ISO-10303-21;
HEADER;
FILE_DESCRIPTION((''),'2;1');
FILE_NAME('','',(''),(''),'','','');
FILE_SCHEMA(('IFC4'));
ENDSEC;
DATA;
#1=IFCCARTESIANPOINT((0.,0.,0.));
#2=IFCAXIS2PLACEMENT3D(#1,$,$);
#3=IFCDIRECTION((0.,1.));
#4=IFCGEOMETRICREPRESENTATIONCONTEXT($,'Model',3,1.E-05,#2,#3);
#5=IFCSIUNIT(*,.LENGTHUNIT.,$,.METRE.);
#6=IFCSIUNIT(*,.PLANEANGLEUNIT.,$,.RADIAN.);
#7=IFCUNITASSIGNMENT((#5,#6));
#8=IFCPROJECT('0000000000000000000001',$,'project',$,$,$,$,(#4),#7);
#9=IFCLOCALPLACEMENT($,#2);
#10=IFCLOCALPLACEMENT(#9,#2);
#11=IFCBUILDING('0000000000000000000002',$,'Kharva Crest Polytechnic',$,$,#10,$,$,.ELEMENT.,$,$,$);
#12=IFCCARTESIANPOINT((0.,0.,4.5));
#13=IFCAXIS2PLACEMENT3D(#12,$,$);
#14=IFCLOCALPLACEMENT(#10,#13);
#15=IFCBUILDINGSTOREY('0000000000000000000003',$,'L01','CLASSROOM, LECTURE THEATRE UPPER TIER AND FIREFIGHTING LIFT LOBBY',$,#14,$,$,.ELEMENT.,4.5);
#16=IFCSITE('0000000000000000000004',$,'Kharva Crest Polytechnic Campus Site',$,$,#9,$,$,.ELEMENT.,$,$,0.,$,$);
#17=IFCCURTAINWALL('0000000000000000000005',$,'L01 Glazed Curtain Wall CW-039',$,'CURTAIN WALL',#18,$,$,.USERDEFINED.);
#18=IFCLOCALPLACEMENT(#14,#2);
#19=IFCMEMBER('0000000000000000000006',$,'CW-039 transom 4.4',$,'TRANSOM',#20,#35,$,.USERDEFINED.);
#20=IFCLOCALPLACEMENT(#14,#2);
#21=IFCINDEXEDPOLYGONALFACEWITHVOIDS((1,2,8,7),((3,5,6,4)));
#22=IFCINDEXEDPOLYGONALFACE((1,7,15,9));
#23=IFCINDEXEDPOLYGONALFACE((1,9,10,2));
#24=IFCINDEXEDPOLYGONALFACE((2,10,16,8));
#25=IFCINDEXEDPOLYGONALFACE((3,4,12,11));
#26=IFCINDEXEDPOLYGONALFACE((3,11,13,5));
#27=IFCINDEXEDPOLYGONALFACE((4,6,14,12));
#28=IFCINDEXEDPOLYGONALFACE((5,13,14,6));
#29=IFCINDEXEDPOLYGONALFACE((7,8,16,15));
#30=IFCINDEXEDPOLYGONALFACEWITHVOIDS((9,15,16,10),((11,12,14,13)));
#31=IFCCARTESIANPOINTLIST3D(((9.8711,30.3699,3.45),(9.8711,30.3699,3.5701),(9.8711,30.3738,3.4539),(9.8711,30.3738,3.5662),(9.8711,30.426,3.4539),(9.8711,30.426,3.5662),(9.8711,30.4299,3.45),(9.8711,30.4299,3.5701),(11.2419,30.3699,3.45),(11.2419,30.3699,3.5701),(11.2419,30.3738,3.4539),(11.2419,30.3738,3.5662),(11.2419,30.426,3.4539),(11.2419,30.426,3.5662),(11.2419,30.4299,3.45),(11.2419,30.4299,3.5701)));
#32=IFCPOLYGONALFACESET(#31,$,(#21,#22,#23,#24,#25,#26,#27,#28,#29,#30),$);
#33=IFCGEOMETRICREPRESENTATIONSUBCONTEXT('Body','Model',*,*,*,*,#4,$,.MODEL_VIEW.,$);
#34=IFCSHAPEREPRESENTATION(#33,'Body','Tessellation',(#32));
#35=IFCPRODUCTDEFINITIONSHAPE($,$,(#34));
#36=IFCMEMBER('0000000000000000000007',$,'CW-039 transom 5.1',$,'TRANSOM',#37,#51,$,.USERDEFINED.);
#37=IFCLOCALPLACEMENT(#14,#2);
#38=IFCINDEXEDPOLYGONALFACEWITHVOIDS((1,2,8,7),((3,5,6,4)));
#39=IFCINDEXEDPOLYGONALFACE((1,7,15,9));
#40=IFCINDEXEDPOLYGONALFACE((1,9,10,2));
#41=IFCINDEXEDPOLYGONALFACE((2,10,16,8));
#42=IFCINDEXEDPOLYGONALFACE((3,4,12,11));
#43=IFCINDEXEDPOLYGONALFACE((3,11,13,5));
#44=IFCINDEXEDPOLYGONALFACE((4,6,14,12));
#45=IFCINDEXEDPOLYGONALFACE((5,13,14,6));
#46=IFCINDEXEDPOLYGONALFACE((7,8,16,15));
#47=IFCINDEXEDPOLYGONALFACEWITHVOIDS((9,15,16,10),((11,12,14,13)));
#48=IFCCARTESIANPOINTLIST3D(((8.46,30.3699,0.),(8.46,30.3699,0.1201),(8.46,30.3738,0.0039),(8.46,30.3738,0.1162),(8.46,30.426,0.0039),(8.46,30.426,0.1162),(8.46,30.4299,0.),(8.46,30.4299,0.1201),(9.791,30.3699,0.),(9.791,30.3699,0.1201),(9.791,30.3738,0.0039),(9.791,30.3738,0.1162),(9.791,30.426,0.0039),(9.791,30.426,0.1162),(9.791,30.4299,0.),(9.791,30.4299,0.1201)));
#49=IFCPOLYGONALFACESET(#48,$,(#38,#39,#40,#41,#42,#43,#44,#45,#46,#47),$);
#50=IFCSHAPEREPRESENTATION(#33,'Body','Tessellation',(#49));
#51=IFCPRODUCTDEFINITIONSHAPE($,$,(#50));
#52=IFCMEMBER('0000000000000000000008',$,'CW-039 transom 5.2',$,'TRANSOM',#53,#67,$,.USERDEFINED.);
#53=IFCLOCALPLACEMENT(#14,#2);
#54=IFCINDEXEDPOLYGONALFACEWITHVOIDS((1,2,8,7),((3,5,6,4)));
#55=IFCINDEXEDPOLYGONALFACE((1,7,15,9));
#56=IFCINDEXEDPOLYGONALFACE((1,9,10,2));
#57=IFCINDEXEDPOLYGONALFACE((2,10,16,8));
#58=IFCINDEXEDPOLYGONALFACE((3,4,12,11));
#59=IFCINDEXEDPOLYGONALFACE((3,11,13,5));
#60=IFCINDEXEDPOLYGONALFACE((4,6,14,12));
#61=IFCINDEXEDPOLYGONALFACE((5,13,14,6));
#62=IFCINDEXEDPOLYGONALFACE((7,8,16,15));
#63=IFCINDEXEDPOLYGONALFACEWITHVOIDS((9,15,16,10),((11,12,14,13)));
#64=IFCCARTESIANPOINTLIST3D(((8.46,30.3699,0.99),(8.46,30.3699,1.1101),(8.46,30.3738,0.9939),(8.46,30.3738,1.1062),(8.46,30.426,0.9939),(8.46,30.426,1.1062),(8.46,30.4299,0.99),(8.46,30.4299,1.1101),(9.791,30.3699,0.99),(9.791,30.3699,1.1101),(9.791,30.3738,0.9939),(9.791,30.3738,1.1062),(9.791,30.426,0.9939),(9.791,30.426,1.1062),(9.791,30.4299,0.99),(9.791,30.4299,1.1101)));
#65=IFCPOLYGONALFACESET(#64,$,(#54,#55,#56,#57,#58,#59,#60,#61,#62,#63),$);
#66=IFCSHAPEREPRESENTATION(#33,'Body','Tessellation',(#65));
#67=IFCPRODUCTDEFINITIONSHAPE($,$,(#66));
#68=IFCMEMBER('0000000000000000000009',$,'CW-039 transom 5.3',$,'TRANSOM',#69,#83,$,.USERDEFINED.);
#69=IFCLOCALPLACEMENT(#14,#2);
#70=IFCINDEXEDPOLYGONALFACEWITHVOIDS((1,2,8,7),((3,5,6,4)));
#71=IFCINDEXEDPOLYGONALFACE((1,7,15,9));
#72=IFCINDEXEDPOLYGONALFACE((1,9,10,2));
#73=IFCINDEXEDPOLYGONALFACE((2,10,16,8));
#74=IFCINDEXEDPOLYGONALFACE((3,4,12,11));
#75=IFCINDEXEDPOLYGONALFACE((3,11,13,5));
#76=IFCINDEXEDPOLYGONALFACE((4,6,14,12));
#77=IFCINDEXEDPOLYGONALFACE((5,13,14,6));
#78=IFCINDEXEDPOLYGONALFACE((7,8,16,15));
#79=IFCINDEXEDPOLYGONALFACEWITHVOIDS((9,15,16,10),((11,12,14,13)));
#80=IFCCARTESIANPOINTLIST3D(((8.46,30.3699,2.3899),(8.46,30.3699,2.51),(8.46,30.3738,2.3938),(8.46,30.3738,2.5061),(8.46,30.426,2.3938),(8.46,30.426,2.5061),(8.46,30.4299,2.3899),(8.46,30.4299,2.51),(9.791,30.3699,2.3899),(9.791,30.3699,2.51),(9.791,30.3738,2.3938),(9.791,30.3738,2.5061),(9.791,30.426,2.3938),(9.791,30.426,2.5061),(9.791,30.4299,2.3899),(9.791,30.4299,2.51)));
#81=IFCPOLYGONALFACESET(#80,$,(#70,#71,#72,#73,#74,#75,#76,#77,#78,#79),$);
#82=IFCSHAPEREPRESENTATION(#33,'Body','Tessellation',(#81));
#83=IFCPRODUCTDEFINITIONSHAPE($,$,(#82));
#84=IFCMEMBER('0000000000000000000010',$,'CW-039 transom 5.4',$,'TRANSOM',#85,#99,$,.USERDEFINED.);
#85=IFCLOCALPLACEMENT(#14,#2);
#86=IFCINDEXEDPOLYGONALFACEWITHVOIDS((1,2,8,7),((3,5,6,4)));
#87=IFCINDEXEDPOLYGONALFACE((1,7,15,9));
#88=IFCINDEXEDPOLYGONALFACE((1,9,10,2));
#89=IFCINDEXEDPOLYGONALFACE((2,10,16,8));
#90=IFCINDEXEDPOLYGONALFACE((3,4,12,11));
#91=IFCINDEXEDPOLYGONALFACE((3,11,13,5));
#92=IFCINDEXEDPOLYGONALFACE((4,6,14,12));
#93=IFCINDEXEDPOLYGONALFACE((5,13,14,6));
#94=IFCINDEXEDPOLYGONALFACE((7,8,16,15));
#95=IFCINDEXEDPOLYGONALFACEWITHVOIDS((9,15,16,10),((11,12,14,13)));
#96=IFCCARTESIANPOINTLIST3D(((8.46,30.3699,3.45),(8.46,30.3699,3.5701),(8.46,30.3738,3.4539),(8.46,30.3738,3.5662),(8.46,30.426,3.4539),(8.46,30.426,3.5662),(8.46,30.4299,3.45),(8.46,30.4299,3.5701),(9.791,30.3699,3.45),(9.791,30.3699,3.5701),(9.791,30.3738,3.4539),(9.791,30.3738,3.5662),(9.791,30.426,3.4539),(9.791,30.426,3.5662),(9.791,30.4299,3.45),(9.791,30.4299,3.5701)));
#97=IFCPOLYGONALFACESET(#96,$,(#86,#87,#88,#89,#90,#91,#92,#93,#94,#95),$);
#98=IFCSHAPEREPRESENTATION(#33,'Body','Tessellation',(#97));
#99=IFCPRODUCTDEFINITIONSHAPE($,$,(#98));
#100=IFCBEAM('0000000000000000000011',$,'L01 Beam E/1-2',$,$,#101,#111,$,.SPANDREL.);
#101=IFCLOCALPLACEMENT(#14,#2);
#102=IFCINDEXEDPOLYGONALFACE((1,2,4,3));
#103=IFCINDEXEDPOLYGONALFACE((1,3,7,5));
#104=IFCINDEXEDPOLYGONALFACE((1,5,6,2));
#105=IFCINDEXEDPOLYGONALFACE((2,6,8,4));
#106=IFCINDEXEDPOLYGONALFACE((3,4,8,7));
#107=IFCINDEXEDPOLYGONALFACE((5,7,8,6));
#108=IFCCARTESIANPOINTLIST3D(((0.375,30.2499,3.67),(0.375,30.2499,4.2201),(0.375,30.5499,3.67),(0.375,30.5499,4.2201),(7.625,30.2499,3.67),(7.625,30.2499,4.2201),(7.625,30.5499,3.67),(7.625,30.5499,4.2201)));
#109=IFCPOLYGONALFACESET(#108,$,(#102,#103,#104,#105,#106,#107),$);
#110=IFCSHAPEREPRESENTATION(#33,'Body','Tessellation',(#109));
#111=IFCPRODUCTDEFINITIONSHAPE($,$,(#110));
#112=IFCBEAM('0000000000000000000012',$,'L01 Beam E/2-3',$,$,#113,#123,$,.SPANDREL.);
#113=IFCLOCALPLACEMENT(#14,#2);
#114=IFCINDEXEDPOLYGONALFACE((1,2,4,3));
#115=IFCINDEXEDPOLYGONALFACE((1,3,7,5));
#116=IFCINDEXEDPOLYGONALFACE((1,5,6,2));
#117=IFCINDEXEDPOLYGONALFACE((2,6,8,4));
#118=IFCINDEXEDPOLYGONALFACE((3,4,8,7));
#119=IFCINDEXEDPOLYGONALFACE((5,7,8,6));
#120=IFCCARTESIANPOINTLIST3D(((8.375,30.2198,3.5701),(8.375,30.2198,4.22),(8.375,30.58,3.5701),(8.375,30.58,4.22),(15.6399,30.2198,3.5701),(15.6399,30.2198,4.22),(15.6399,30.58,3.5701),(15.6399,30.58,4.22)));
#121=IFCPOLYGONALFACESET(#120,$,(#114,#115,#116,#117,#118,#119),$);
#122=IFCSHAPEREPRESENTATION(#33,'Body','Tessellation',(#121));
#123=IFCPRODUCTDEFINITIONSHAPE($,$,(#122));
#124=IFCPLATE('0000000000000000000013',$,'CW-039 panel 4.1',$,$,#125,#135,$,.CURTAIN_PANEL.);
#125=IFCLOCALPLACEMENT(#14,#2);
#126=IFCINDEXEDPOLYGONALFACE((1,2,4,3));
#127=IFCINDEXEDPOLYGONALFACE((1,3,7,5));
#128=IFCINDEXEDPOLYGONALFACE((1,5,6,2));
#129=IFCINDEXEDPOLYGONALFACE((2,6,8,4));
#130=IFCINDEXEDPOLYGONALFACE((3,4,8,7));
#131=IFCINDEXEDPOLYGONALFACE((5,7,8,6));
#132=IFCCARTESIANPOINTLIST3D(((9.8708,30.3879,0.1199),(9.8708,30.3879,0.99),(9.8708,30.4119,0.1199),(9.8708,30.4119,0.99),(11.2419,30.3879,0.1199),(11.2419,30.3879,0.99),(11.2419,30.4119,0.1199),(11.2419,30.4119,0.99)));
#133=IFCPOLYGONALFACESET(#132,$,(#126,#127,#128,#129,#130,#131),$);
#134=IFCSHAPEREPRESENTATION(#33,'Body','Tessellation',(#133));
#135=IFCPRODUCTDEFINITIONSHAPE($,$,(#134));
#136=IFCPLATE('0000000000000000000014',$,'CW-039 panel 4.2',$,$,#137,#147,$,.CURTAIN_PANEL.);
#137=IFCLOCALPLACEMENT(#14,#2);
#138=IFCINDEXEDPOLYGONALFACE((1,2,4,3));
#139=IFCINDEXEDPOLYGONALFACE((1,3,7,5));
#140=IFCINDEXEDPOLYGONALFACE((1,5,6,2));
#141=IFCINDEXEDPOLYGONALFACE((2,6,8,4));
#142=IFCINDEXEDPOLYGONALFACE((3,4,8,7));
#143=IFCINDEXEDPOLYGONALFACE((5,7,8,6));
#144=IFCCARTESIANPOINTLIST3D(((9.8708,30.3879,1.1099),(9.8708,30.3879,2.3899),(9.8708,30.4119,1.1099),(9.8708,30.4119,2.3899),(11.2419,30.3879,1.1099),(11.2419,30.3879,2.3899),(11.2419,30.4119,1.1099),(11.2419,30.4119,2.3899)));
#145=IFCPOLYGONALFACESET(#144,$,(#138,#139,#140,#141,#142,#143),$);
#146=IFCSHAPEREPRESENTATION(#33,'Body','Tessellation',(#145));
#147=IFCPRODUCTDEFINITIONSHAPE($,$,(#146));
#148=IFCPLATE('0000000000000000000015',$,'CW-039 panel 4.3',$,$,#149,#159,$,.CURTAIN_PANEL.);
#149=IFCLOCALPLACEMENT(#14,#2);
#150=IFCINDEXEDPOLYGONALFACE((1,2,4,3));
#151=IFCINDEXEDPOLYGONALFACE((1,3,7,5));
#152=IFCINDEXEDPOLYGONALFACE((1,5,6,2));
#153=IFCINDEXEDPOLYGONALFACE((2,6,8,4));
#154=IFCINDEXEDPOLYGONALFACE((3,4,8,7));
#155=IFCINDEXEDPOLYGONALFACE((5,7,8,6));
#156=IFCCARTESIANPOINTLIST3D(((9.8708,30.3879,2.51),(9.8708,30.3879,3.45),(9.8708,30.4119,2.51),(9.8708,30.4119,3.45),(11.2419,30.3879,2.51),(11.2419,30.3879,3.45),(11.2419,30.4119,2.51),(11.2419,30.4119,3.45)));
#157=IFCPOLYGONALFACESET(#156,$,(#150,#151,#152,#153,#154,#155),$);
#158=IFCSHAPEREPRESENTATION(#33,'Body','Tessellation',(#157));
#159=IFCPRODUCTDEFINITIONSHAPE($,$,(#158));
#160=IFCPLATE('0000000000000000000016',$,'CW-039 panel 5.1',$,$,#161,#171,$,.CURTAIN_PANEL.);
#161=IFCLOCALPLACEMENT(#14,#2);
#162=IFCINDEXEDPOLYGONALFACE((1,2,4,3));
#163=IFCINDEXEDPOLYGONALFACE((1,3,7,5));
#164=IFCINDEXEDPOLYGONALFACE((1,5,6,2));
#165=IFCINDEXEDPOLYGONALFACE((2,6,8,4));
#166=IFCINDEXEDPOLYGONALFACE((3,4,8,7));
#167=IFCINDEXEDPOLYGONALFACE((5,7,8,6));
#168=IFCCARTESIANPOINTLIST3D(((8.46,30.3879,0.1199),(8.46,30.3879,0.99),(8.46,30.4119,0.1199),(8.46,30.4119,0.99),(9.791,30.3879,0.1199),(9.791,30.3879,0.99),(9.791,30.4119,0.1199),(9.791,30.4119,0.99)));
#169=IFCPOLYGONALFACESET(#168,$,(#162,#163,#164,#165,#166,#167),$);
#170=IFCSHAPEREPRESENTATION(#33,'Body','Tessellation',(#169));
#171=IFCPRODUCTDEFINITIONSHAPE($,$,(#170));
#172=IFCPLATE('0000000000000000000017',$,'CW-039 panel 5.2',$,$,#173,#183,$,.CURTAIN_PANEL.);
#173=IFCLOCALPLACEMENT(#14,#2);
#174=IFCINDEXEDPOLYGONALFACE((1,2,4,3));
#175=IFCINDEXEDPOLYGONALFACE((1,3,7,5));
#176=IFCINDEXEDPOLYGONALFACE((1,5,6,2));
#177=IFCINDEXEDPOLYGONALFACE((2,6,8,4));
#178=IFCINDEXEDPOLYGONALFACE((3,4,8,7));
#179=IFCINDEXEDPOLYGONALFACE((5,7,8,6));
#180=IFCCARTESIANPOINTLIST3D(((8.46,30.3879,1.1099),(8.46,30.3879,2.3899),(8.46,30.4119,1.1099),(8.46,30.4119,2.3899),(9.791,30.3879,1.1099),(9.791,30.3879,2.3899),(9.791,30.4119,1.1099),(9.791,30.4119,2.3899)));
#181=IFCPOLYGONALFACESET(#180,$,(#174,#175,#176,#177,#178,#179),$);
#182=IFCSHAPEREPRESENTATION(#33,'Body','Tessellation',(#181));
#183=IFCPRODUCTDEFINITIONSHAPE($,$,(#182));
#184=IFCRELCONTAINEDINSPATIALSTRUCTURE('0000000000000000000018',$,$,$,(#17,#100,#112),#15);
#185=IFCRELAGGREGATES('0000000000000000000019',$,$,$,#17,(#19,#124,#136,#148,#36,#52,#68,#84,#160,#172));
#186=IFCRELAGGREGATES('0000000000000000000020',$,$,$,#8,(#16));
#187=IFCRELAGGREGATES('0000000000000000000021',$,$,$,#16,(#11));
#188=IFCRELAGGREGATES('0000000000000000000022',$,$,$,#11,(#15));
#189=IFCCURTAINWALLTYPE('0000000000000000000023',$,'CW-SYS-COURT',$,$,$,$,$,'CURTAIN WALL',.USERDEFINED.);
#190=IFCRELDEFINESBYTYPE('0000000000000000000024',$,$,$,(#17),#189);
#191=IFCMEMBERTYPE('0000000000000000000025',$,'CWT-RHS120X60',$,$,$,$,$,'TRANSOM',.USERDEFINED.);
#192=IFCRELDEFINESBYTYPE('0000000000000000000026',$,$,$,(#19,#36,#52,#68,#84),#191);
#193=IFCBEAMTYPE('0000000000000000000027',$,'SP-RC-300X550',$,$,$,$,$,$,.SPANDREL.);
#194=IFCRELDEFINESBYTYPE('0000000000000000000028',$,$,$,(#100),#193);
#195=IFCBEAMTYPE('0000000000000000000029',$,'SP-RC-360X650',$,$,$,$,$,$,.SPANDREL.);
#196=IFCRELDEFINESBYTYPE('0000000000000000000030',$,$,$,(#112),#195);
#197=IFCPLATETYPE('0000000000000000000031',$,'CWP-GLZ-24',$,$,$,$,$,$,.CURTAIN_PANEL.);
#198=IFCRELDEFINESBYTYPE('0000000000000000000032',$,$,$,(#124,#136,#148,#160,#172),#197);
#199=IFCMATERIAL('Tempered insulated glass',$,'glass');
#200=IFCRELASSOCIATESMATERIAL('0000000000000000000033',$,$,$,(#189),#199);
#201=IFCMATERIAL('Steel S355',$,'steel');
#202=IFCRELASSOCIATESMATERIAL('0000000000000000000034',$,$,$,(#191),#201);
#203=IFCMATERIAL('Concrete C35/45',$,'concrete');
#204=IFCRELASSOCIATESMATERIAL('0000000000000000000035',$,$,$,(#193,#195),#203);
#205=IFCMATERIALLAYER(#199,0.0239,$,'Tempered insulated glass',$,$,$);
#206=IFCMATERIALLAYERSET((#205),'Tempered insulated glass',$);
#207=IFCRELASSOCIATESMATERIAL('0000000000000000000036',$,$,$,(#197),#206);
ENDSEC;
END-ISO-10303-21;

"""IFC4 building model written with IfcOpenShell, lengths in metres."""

from ifc_helpers import new_model, si_unit, direction, frame, origin, origin_2d, place, context, subcontext, project, spatial, rectangle, hollow_rectangle, extrude, material, layer, layer_set, material_profile, profile_set, type_object, element, aggregate, save


model = new_model("IFC4")

# Units and contexts
model_context = context("Model", 3, precision=1e-05, world=origin(), true_north=direction((0.0, 1.0)))
body_context = subcontext(model_context, "Body", "Model", "MODEL_VIEW")
ifc_project = project(units=[si_unit("LENGTHUNIT", "METRE"), si_unit("PLANEANGLEUNIT", "RADIAN")], contexts=[model_context])

# Site, building, storey
site_placement = place(None, origin())
site = spatial("IfcSite", under=ifc_project, at=site_placement, Name="Kharva Crest Polytechnic Campus Site", CompositionType="ELEMENT", RefElevation=0.0)
building_placement = place(site_placement, origin())
building = spatial("IfcBuilding", under=site, at=building_placement, Name="Kharva Crest Polytechnic", CompositionType="ELEMENT")
storey_placement = place(building_placement, frame((0.0, 0.0, 4.5)))
storey = spatial("IfcBuildingStorey", under=building, at=storey_placement, Name="L01", Description="CLASSROOM, LECTURE THEATRE UPPER TIER AND FIREFIGHTING LIFT LOBBY", CompositionType="ELEMENT", Elevation=4.5)

# Shared definitions
ifc_material_1 = material(Name="Steel S355", Category="steel")

# Curtain wall, members
ifc_material_2 = material(Name="Tempered insulated glass", Category="glass")
curtain_wall_type = type_object("IfcCurtainWallType", Name="CW-SYS-COURT", ElementType="CURTAIN WALL", PredefinedType="USERDEFINED", material=ifc_material_2)
curtain_wall_placement = place(storey_placement, origin())
curtain_wall = element("IfcCurtainWall", 1, at=curtain_wall_placement, inside=storey, type_object=curtain_wall_type, Name="L01 Glazed Curtain Wall CW-039", ObjectType="CURTAIN WALL", PredefinedType="USERDEFINED")
ifc_material_profile_1 = material_profile(ifc_material_1, hollow_rectangle(XDim=0.0601, YDim=0.1201, WallThickness=0.0039, at=origin_2d()), Name="RHS 120X60X4.0")
ifc_profile_set_1 = profile_set([ifc_material_profile_1], Name="Steel S355")
member_type_1 = type_object("IfcMemberType", Name="CWT-RHS120X60", ElementType="TRANSOM", PredefinedType="USERDEFINED", material=ifc_profile_set_1)
member_1_placement = place(storey_placement, frame((11.2419, 30.3999, 3.51), z_axis=(-1.0, 0.0, 0.0), x_axis=(0.0, -1.0, 0.0)))
member_1 = element("IfcMember", 2, at=member_1_placement, type_object=member_type_1, Name="CW-039 transom 4.4", ObjectType="TRANSOM", PredefinedType="USERDEFINED", context=body_context, shape_type="SweptSolid", body=[
    extrude(hollow_rectangle(XDim=0.0601, YDim=0.1201, WallThickness=0.0039, at=origin_2d()), origin(), (0.0, 0.0, 1.0), 1.3708),
])
member_2_placement = place(storey_placement, frame((9.791, 30.3999, 0.0601), z_axis=(-1.0, 0.0, 0.0), x_axis=(0.0, -1.0, 0.0)))
member_2 = element("IfcMember", 3, at=member_2_placement, type_object=member_type_1, Name="CW-039 transom 5.1", ObjectType="TRANSOM", PredefinedType="USERDEFINED", context=body_context, shape_type="SweptSolid", body=[
    extrude(hollow_rectangle(XDim=0.0601, YDim=0.1201, WallThickness=0.0039, at=origin_2d()), origin(), (0.0, 0.0, 1.0), 1.3311),
])
member_3_placement = place(storey_placement, frame((9.791, 30.3999, 1.05), z_axis=(-1.0, 0.0, 0.0), x_axis=(0.0, -1.0, 0.0)))
member_3 = element("IfcMember", 4, at=member_3_placement, type_object=member_type_1, Name="CW-039 transom 5.2", ObjectType="TRANSOM", PredefinedType="USERDEFINED", context=body_context, shape_type="SweptSolid", body=[
    extrude(hollow_rectangle(XDim=0.0601, YDim=0.1201, WallThickness=0.0039, at=origin_2d()), origin(), (0.0, 0.0, 1.0), 1.3311),
])
member_4_placement = place(storey_placement, frame((9.791, 30.3999, 2.45), z_axis=(-1.0, 0.0, 0.0), x_axis=(0.0, -1.0, 0.0)))
member_4 = element("IfcMember", 5, at=member_4_placement, type_object=member_type_1, Name="CW-039 transom 5.3", ObjectType="TRANSOM", PredefinedType="USERDEFINED", context=body_context, shape_type="SweptSolid", body=[
    extrude(hollow_rectangle(XDim=0.0601, YDim=0.1201, WallThickness=0.0039, at=origin_2d()), origin(), (0.0, 0.0, 1.0), 1.3311),
])
member_5_placement = place(storey_placement, frame((9.791, 30.3999, 3.51), z_axis=(-1.0, 0.0, 0.0), x_axis=(0.0, -1.0, 0.0)))
member_5 = element("IfcMember", 6, at=member_5_placement, type_object=member_type_1, Name="CW-039 transom 5.4", ObjectType="TRANSOM", PredefinedType="USERDEFINED", context=body_context, shape_type="SweptSolid", body=[
    extrude(hollow_rectangle(XDim=0.0601, YDim=0.1201, WallThickness=0.0039, at=origin_2d()), origin(), (0.0, 0.0, 1.0), 1.3311),
])

# Beams
ifc_material_3 = material(Name="Concrete C35/45", Category="concrete")
ifc_material_profile_2 = material_profile(ifc_material_3, rectangle(XDim=0.3, YDim=0.55, at=origin_2d()), Name="RECT 300 X 550")
ifc_profile_set_2 = profile_set([ifc_material_profile_2], Name="Concrete C35/45")
beam_type_1 = type_object("IfcBeamType", Name="SP-RC-300X550", PredefinedType="SPANDREL", material=ifc_profile_set_2)
beam_1_placement = place(storey_placement, frame((0.375, 30.3999, 3.9451), z_axis=(1.0, 0.0, 0.0), x_axis=(0.0, 1.0, 0.0)))
element("IfcBeam", 7, at=beam_1_placement, inside=storey, type_object=beam_type_1, Name="L01 Beam E/1-2", PredefinedType="SPANDREL", context=body_context, shape_type="SweptSolid", body=[
    extrude(rectangle(XDim=0.3, YDim=0.55, at=origin_2d()), origin(), (0.0, 0.0, 1.0), 7.25),
])
ifc_material_profile_3 = material_profile(ifc_material_3, rectangle(XDim=0.3601, YDim=0.6499, at=origin_2d()), Name="RECT 360 X 650")
ifc_profile_set_3 = profile_set([ifc_material_profile_3], Name="Concrete C35/45")
beam_type_2 = type_object("IfcBeamType", Name="SP-RC-360X650", PredefinedType="SPANDREL", material=ifc_profile_set_3)
beam_2_placement = place(storey_placement, frame((8.375, 30.3999, 3.895), z_axis=(1.0, 0.0, 0.0), x_axis=(0.0, 1.0, 0.0)))
element("IfcBeam", 8, at=beam_2_placement, inside=storey, type_object=beam_type_2, Name="L01 Beam E/2-3", PredefinedType="SPANDREL", context=body_context, shape_type="SweptSolid", body=[
    extrude(rectangle(XDim=0.3601, YDim=0.6499, at=origin_2d()), origin(), (0.0, 0.0, 1.0), 7.2649),
])

# Plates
ifc_layer_1 = layer(ifc_material_2, 0.0239, Name="Tempered insulated glass")
ifc_layer_set_1 = layer_set([ifc_layer_1], Name="Tempered insulated glass")
plate_type = type_object("IfcPlateType", Name="CWP-GLZ-24", PredefinedType="CURTAIN_PANEL", material=ifc_layer_set_1)
plate_1_placement = place(storey_placement, frame((10.5564, 30.3999, 0.1199), z_axis=(0.0, 0.0, 1.0), x_axis=(-1.0, 0.0, 0.0)))
plate_1 = element("IfcPlate", 9, at=plate_1_placement, type_object=plate_type, Name="CW-039 panel 4.1", PredefinedType="CURTAIN_PANEL", context=body_context, shape_type="SweptSolid", body=[
    extrude(rectangle(XDim=1.3711, YDim=0.0239, at=origin_2d()), origin(), (0.0, 0.0, 1.0), 0.8701),
])
plate_2_placement = place(storey_placement, frame((10.5564, 30.3999, 1.1099), z_axis=(0.0, 0.0, 1.0), x_axis=(-1.0, 0.0, 0.0)))
plate_2 = element("IfcPlate", 10, at=plate_2_placement, type_object=plate_type, Name="CW-039 panel 4.2", PredefinedType="CURTAIN_PANEL", context=body_context, shape_type="SweptSolid", body=[
    extrude(rectangle(XDim=1.3711, YDim=0.0239, at=origin_2d()), origin(), (0.0, 0.0, 1.0), 1.28),
])
plate_3_placement = place(storey_placement, frame((10.5564, 30.3999, 2.51), z_axis=(0.0, 0.0, 1.0), x_axis=(-1.0, 0.0, 0.0)))
plate_3 = element("IfcPlate", 11, at=plate_3_placement, type_object=plate_type, Name="CW-039 panel 4.3", PredefinedType="CURTAIN_PANEL", context=body_context, shape_type="SweptSolid", body=[
    extrude(rectangle(XDim=1.3711, YDim=0.0239, at=origin_2d()), origin(), (0.0, 0.0, 1.0), 0.9399),
])
plate_4_placement = place(storey_placement, frame((9.1255, 30.3999, 0.1199), z_axis=(0.0, 0.0, 1.0), x_axis=(-1.0, 0.0, 0.0)))
plate_4 = element("IfcPlate", 12, at=plate_4_placement, type_object=plate_type, Name="CW-039 panel 5.1", PredefinedType="CURTAIN_PANEL", context=body_context, shape_type="SweptSolid", body=[
    extrude(rectangle(XDim=1.3311, YDim=0.0239, at=origin_2d()), origin(), (0.0, 0.0, 1.0), 0.8701),
])
plate_5_placement = place(storey_placement, frame((9.1255, 30.3999, 1.1099), z_axis=(0.0, 0.0, 1.0), x_axis=(-1.0, 0.0, 0.0)))
plate_5 = element("IfcPlate", 13, at=plate_5_placement, type_object=plate_type, Name="CW-039 panel 5.2", PredefinedType="CURTAIN_PANEL", context=body_context, shape_type="SweptSolid", body=[
    extrude(rectangle(XDim=1.3311, YDim=0.0239, at=origin_2d()), origin(), (0.0, 0.0, 1.0), 1.28),
])
aggregate(curtain_wall, [member_1, plate_1, plate_2, plate_3, member_2, member_3, member_4, member_5, plate_4, plate_5])

save(model, "model.ifc")
